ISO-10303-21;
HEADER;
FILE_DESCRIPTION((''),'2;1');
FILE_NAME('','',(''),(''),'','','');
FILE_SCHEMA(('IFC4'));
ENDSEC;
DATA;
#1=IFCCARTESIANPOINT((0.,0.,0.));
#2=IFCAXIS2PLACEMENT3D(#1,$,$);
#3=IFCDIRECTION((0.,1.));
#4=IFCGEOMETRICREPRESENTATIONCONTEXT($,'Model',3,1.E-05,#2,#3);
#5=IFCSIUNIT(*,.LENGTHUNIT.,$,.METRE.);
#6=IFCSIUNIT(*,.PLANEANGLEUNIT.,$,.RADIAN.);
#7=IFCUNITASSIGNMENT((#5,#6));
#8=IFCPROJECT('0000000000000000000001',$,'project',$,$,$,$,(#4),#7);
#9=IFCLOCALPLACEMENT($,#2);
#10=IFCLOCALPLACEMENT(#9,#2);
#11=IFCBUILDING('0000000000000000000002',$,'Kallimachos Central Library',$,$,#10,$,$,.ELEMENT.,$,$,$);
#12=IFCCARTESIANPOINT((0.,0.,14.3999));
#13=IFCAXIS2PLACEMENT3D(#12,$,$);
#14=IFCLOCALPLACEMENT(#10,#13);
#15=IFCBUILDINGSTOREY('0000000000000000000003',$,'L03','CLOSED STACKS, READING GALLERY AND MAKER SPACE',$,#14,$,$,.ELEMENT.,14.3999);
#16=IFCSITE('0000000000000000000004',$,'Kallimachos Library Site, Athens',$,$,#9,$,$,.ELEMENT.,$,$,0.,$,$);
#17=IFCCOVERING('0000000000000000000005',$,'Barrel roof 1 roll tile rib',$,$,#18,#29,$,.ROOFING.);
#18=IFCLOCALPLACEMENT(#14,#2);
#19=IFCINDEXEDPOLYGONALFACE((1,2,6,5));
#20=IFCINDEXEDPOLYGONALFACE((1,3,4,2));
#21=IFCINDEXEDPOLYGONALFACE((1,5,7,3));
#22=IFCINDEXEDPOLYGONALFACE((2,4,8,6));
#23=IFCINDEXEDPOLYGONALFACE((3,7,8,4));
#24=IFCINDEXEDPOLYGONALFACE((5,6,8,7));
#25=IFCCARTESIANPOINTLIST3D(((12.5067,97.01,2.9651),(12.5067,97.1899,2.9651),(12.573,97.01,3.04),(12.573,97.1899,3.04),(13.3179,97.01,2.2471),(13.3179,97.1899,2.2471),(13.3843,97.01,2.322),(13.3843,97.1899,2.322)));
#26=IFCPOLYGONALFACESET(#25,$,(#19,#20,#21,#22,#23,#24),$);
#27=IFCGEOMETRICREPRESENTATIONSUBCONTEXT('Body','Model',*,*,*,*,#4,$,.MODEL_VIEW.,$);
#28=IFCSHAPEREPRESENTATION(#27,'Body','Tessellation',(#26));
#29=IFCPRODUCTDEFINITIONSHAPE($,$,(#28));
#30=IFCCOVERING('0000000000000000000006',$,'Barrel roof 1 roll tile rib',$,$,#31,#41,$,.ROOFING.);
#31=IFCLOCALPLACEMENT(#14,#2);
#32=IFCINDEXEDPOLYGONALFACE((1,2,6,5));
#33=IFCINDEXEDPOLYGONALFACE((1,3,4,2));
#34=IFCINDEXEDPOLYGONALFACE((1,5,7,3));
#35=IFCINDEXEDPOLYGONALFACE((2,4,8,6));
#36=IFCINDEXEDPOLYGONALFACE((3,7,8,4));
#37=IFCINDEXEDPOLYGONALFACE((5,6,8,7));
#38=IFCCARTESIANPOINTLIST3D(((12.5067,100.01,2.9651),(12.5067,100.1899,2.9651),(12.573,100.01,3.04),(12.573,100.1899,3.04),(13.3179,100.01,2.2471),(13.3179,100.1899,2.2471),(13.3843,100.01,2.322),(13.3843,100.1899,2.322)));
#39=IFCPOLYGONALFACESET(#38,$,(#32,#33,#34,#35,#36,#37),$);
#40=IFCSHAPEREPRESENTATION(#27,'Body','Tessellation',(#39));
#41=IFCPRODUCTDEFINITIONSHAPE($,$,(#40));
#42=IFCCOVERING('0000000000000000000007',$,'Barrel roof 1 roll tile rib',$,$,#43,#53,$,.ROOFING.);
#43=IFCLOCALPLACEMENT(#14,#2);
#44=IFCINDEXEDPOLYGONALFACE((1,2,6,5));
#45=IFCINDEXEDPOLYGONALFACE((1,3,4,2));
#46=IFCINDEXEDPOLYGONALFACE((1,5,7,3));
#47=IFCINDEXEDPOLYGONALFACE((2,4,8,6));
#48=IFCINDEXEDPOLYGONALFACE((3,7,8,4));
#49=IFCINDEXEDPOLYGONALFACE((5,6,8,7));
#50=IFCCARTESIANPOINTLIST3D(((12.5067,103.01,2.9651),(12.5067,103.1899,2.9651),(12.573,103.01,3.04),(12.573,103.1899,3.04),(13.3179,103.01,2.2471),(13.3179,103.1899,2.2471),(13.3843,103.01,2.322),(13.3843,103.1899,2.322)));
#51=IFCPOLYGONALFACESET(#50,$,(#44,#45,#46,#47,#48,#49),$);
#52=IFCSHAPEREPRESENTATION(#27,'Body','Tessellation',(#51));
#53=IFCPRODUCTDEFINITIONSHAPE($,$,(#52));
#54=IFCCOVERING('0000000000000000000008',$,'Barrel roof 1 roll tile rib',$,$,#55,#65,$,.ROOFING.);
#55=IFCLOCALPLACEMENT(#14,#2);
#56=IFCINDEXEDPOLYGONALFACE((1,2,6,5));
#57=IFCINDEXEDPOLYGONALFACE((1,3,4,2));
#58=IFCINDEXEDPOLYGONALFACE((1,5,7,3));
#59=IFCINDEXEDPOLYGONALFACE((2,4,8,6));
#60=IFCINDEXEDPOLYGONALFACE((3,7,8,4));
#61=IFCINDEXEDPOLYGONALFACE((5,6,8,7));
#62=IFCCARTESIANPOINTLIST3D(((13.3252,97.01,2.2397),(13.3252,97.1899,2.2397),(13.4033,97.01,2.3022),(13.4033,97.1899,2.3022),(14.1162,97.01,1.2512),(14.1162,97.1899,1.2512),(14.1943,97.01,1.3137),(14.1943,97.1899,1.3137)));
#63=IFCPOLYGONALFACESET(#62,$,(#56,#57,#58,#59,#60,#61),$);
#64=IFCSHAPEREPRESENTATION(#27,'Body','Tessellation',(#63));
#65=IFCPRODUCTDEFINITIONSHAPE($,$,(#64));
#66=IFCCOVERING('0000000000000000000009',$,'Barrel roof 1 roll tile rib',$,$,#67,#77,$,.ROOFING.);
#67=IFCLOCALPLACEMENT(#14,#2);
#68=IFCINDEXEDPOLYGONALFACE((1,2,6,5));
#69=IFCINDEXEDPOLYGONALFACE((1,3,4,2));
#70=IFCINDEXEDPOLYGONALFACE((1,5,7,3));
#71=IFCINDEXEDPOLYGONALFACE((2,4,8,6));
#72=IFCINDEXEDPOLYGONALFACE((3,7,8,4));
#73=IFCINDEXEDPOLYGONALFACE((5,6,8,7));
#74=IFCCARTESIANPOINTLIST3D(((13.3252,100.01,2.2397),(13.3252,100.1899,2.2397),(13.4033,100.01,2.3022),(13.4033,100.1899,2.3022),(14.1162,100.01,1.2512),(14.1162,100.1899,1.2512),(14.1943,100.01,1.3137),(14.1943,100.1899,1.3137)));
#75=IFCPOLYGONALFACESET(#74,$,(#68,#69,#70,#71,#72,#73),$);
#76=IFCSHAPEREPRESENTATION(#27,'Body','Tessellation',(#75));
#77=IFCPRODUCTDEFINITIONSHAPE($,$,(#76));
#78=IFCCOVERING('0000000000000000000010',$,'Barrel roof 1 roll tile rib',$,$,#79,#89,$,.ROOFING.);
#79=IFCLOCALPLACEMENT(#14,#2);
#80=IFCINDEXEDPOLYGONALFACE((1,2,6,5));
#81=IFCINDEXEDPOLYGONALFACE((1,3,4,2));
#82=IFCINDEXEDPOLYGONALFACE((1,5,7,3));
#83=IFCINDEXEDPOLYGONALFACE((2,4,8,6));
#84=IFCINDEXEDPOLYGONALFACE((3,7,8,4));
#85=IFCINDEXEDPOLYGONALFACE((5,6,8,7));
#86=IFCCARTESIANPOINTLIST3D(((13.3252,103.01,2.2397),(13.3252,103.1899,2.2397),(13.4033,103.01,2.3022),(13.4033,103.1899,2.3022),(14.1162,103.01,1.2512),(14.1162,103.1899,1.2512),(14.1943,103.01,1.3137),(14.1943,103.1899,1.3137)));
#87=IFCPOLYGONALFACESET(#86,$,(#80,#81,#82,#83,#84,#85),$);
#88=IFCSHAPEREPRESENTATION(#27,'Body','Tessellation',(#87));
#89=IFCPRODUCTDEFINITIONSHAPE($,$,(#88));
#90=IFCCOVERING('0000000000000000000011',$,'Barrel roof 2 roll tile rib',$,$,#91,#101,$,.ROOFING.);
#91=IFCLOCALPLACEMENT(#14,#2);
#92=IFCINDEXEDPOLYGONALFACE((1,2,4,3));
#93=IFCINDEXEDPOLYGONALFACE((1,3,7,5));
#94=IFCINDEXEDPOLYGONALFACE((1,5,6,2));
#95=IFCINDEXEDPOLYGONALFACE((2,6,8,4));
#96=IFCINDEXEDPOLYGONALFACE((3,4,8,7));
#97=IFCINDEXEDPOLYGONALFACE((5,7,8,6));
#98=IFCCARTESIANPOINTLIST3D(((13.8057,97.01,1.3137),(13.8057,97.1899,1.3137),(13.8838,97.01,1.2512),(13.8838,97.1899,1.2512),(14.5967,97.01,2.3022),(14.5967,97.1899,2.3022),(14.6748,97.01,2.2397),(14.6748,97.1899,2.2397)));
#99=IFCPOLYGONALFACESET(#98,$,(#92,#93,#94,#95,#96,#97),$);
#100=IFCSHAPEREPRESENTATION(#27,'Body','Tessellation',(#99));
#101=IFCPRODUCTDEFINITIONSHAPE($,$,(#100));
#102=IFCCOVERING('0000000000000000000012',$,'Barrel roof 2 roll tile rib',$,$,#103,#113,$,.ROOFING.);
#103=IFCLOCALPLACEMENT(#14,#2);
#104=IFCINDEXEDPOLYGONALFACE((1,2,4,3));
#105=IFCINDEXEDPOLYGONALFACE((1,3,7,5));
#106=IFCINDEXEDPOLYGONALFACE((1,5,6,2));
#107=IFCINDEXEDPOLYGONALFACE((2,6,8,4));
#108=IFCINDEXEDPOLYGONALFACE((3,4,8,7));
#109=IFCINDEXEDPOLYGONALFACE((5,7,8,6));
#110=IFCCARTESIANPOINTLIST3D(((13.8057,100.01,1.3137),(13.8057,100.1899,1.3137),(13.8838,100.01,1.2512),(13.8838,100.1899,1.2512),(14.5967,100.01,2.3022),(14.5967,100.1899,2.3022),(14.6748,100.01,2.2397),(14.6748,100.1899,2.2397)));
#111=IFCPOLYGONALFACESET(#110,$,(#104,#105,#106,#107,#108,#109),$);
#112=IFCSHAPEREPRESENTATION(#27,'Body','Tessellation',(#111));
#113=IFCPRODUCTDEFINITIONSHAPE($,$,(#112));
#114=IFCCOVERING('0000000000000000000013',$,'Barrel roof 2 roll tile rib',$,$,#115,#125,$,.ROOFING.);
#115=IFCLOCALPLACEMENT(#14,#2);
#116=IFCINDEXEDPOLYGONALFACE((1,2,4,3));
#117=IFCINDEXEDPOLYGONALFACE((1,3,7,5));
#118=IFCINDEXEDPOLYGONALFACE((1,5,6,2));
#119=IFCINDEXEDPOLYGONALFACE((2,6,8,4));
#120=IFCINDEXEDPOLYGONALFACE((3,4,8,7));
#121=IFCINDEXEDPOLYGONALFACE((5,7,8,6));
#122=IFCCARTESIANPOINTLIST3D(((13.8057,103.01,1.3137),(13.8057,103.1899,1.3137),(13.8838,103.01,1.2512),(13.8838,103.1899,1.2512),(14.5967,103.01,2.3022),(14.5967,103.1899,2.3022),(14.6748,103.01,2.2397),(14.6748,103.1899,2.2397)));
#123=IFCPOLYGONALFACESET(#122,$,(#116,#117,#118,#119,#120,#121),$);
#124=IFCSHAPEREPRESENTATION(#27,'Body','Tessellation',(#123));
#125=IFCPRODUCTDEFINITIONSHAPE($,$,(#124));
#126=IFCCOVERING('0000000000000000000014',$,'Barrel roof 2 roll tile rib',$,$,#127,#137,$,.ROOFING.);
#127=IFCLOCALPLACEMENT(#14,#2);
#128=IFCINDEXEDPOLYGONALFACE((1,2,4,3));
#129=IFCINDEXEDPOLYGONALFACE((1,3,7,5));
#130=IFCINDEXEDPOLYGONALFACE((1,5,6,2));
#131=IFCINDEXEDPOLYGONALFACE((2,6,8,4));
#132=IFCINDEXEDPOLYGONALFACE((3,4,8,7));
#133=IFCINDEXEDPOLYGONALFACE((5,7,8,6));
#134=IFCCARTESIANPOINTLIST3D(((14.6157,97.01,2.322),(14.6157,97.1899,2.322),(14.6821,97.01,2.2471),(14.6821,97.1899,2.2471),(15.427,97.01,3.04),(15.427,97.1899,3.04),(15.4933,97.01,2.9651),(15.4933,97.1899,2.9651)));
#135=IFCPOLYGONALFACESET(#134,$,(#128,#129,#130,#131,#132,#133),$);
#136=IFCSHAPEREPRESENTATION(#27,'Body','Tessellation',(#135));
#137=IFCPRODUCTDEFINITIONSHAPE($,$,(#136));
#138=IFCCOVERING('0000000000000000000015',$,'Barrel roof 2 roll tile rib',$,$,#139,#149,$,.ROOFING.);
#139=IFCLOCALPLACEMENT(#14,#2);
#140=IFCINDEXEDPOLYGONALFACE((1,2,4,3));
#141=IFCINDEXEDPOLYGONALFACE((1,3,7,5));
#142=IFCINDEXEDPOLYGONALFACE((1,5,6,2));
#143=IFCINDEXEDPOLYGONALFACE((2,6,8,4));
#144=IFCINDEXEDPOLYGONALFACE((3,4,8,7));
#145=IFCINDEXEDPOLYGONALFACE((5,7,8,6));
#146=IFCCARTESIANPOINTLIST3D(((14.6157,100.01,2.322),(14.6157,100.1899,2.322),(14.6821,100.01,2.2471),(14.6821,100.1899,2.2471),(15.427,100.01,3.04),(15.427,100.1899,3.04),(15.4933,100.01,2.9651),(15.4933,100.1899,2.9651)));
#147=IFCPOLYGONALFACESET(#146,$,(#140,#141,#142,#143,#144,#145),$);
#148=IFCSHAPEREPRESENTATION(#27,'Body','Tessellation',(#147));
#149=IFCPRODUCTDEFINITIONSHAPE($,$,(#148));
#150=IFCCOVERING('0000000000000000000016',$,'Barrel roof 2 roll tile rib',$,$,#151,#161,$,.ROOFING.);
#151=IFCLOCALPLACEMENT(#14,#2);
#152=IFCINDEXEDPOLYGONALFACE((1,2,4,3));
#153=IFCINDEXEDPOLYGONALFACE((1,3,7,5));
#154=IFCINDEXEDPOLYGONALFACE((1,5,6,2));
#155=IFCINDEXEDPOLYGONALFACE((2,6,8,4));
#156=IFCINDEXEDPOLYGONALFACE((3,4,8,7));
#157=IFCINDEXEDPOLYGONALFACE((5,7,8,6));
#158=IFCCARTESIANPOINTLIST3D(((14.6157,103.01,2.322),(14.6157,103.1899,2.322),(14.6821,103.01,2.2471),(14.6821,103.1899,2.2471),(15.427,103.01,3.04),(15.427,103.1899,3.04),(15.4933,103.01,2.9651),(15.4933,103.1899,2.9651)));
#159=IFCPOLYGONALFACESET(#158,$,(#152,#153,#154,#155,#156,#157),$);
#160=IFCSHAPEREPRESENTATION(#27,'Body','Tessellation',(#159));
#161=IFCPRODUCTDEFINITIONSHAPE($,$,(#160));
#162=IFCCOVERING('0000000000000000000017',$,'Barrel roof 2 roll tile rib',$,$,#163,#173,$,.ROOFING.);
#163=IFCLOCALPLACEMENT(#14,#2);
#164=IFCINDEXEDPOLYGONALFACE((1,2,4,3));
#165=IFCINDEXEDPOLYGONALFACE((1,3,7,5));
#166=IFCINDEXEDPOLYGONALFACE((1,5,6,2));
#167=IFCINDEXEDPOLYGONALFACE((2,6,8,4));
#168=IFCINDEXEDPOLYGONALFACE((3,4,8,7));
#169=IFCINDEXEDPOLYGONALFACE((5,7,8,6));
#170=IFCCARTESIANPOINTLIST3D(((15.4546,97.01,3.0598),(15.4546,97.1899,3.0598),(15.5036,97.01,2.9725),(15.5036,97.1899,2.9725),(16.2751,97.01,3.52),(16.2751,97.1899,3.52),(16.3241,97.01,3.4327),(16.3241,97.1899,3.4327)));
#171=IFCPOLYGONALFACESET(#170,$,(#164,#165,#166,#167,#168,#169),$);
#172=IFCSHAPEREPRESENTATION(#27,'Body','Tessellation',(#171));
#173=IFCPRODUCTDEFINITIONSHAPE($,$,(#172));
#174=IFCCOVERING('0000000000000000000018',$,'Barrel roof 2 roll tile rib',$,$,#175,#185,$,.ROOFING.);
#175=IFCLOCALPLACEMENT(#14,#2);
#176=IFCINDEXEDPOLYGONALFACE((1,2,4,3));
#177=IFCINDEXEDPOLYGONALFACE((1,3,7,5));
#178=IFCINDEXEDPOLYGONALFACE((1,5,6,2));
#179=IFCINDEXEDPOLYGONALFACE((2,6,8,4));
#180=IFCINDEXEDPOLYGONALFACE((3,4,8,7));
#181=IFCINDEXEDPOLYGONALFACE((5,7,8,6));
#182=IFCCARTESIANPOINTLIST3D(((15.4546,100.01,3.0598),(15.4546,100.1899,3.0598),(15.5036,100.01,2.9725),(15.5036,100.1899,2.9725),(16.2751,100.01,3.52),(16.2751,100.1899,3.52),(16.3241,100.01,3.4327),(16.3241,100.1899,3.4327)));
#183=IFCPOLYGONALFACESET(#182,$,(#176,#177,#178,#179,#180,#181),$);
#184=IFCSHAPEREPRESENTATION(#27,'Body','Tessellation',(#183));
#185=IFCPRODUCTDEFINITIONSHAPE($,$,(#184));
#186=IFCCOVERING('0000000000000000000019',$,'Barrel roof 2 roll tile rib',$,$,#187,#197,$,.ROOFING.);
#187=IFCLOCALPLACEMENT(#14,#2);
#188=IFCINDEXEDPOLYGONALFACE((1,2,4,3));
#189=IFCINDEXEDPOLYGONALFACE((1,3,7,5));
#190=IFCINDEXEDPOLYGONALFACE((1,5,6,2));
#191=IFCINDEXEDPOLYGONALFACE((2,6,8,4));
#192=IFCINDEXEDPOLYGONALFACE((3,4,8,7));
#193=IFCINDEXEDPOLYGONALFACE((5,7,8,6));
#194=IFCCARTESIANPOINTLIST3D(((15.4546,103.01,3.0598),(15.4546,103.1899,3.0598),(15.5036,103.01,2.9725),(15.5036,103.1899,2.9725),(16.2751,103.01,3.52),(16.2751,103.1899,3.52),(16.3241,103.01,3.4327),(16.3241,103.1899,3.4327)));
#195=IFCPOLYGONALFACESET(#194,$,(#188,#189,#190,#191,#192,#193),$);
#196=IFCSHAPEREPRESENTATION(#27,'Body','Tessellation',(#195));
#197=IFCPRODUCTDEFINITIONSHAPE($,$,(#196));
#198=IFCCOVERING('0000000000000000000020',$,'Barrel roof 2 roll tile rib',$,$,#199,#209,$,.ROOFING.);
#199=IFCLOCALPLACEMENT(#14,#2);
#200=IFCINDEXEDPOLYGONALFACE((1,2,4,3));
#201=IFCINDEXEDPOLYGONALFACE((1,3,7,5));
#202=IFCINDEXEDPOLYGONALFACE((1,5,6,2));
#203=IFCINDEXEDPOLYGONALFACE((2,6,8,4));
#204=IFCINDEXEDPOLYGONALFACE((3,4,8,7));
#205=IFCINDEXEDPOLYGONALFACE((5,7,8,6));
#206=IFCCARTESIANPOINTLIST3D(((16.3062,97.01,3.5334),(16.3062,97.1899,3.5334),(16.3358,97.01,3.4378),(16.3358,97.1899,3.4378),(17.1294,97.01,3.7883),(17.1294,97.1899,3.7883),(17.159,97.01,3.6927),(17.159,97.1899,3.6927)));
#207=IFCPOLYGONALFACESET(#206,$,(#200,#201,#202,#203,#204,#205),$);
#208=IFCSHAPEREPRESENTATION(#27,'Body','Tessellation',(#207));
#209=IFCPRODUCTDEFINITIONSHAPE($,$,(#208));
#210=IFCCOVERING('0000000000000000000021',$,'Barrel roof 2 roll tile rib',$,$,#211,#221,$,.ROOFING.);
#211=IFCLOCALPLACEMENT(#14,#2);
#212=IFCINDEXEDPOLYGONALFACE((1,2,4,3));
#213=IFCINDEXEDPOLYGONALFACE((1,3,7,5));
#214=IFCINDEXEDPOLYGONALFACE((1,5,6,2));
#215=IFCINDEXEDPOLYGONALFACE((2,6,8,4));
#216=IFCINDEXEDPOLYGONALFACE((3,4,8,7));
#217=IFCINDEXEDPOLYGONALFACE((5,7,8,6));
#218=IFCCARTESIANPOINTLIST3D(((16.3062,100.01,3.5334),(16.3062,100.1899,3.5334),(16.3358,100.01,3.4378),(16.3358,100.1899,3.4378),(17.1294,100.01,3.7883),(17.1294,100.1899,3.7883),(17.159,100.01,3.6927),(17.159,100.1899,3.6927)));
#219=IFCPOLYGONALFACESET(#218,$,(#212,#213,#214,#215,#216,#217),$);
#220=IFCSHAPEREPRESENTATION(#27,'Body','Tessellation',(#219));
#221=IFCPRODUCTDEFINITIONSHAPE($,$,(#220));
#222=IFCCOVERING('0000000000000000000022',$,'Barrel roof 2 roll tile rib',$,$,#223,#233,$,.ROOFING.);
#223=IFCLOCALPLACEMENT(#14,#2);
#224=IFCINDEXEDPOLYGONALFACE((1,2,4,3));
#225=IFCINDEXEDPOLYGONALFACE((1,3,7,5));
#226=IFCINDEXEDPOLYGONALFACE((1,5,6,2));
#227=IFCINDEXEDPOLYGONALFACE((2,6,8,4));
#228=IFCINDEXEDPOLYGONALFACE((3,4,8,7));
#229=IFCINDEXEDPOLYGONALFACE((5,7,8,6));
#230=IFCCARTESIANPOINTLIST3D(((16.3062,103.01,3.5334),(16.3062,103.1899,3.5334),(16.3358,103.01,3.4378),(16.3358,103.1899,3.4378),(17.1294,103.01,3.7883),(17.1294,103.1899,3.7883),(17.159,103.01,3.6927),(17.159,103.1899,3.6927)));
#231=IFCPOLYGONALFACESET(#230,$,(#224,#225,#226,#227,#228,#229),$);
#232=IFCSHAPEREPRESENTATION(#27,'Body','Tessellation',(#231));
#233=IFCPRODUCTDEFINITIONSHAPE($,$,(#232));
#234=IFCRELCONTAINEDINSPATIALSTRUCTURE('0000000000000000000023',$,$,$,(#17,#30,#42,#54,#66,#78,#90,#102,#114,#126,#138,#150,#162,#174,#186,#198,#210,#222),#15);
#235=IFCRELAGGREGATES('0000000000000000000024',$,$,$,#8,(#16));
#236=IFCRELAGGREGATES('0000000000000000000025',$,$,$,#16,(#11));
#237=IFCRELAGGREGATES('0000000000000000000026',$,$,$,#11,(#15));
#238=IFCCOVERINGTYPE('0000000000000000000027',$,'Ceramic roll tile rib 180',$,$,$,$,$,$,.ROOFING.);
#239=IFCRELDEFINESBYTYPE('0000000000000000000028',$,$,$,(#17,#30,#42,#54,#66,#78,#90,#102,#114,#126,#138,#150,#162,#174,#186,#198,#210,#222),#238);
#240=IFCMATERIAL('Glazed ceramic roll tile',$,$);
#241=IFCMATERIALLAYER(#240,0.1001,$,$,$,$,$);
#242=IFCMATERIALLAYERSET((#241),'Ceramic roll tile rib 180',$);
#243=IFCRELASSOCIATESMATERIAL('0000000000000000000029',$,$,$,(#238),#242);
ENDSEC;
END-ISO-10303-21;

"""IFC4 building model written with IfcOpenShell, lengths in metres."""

from ifc_helpers import new_model, si_unit, direction, frame, origin, place, context, subcontext, project, spatial, polyline, outline, extrude, material, layer, layer_set, type_object, element, save


model = new_model("IFC4")

# Units and contexts
model_context = context("Model", 3, precision=1e-05, world=origin(), true_north=direction((0.0, 1.0)))
body_context = subcontext(model_context, "Body", "Model", "MODEL_VIEW")
ifc_project = project(units=[si_unit("LENGTHUNIT", "METRE"), si_unit("PLANEANGLEUNIT", "RADIAN")], contexts=[model_context])

# Site, building, storey
site_placement = place(None, origin())
site = spatial("IfcSite", under=ifc_project, at=site_placement, Name="Kallimachos Library Site, Athens", CompositionType="ELEMENT", RefElevation=0.0)
building_placement = place(site_placement, origin())
building = spatial("IfcBuilding", under=site, at=building_placement, Name="Kallimachos Central Library", CompositionType="ELEMENT")
storey_placement = place(building_placement, frame((0.0, 0.0, 14.3999)))
storey = spatial("IfcBuildingStorey", under=building, at=storey_placement, Name="L03", Description="CLOSED STACKS, READING GALLERY AND MAKER SPACE", CompositionType="ELEMENT", Elevation=14.3999)

# Coverings
ifc_material_1 = material(Name="Glazed ceramic roll tile")
ifc_layer_1 = layer(ifc_material_1, 0.1001)
ifc_layer_set_1 = layer_set([ifc_layer_1], Name="Ceramic roll tile rib 180")
covering_type_1 = type_object("IfcCoveringType", Name="Ceramic roll tile rib 180", PredefinedType="ROOFING", material=ifc_layer_set_1)
for number, where, z_axis, x_axis, name in (
    (1, (12.573, 97.01, 3.04), (0.662754, 0.0, 0.748837), (0.748837, 0.0, -0.662754), "Barrel roof 1 roll tile rib"),
    (2, (12.573, 100.01, 3.04), (0.662754, 0.0, 0.748837), (0.748837, 0.0, -0.662754), "Barrel roof 1 roll tile rib"),
    (3, (12.573, 103.01, 3.04), (0.662754, 0.0, 0.748837), (0.748837, 0.0, -0.662754), "Barrel roof 1 roll tile rib"),
):
    element("IfcCovering", number, at=place(storey_placement, frame(where, z_axis=z_axis, x_axis=x_axis)), inside=storey, type_object=covering_type_1, Name=name, PredefinedType="ROOFING", context=body_context, shape_type="SweptSolid", body=[
        extrude(outline(polyline([(0.0, 0.0), (1.0834, 0.0), (1.0834, 0.1799), (0.0, 0.1799), (0.0, 0.0)])), origin(), (0.0, 0.0, -1.0), 0.1001),
    ])
for number, where, z_axis, x_axis, name in (
    (4, (13.4033, 97.01, 2.3022), (0.780794, 0.0, 0.624789), (0.624789, 0.0, -0.780794), "Barrel roof 1 roll tile rib"),
    (5, (13.4033, 100.01, 2.3022), (0.780794, 0.0, 0.624789), (0.624789, 0.0, -0.780794), "Barrel roof 1 roll tile rib"),
    (6, (13.4033, 103.01, 2.3022), (0.780794, 0.0, 0.624789), (0.624789, 0.0, -0.780794), "Barrel roof 1 roll tile rib"),
    (7, (13.8057, 97.01, 1.3137), (-0.780794, 0.0, 0.624789), (0.624789, 0.0, 0.780794), "Barrel roof 2 roll tile rib"),
    (8, (13.8057, 100.01, 1.3137), (-0.780794, 0.0, 0.624789), (0.624789, 0.0, 0.780794), "Barrel roof 2 roll tile rib"),
    (9, (13.8057, 103.01, 1.3137), (-0.780794, 0.0, 0.624789), (0.624789, 0.0, 0.780794), "Barrel roof 2 roll tile rib"),
):
    element("IfcCovering", number, at=place(storey_placement, frame(where, z_axis=z_axis, x_axis=x_axis)), inside=storey, type_object=covering_type_1, Name=name, PredefinedType="ROOFING", context=body_context, shape_type="SweptSolid", body=[
        extrude(outline(polyline([(0.0, 0.0), (1.2661, 0.0), (1.2661, 0.1799), (0.0, 0.1799), (0.0, 0.0)])), origin(), (0.0, 0.0, -1.0), 0.1001),
    ])
for number, where, z_axis, x_axis, name in (
    (10, (14.6157, 97.01, 2.322), (-0.662754, 0.0, 0.748837), (0.748837, 0.0, 0.662754), "Barrel roof 2 roll tile rib"),
    (11, (14.6157, 100.01, 2.322), (-0.662754, 0.0, 0.748837), (0.748837, 0.0, 0.662754), "Barrel roof 2 roll tile rib"),
    (12, (14.6157, 103.01, 2.322), (-0.662754, 0.0, 0.748837), (0.748837, 0.0, 0.662754), "Barrel roof 2 roll tile rib"),
):
    element("IfcCovering", number, at=place(storey_placement, frame(where, z_axis=z_axis, x_axis=x_axis)), inside=storey, type_object=covering_type_1, Name=name, PredefinedType="ROOFING", context=body_context, shape_type="SweptSolid", body=[
        extrude(outline(polyline([(0.0, 0.0), (1.0834, 0.0), (1.0834, 0.1799), (0.0, 0.1799), (0.0, 0.0)])), origin(), (0.0, 0.0, -1.0), 0.1001),
    ])
for number, where, z_axis, x_axis, name in (
    (13, (15.4546, 97.01, 3.0598), (-0.489164, 0.0, 0.872192), (0.872192, 0.0, 0.489164), "Barrel roof 2 roll tile rib"),
    (14, (15.4546, 100.01, 3.0598), (-0.489164, 0.0, 0.872192), (0.872192, 0.0, 0.489164), "Barrel roof 2 roll tile rib"),
    (15, (15.4546, 103.01, 3.0598), (-0.489164, 0.0, 0.872192), (0.872192, 0.0, 0.489164), "Barrel roof 2 roll tile rib"),
):
    element("IfcCovering", number, at=place(storey_placement, frame(where, z_axis=z_axis, x_axis=x_axis)), inside=storey, type_object=covering_type_1, Name=name, PredefinedType="ROOFING", context=body_context, shape_type="SweptSolid", body=[
        extrude(outline(polyline([(0.0, 0.0), (0.9408, 0.0), (0.9408, 0.1799), (0.0, 0.1799), (0.0, 0.0)])), origin(), (0.0, 0.0, -1.0), 0.1001),
    ])
for number, where, z_axis, x_axis, name in (
    (16, (16.3062, 97.01, 3.5334), (-0.295758, 0.0, 0.955263), (0.955263, 0.0, 0.295758), "Barrel roof 2 roll tile rib"),
    (17, (16.3062, 100.01, 3.5334), (-0.295758, 0.0, 0.955263), (0.955263, 0.0, 0.295758), "Barrel roof 2 roll tile rib"),
    (18, (16.3062, 103.01, 3.5334), (-0.295758, 0.0, 0.955263), (0.955263, 0.0, 0.295758), "Barrel roof 2 roll tile rib"),
):
    element("IfcCovering", number, at=place(storey_placement, frame(where, z_axis=z_axis, x_axis=x_axis)), inside=storey, type_object=covering_type_1, Name=name, PredefinedType="ROOFING", context=body_context, shape_type="SweptSolid", body=[
        extrude(outline(polyline([(0.0, 0.0), (0.8618, 0.0), (0.8618, 0.1799), (0.0, 0.1799), (0.0, 0.0)])), origin(), (0.0, 0.0, -1.0), 0.1001),
    ])

save(model, "model.ifc")
